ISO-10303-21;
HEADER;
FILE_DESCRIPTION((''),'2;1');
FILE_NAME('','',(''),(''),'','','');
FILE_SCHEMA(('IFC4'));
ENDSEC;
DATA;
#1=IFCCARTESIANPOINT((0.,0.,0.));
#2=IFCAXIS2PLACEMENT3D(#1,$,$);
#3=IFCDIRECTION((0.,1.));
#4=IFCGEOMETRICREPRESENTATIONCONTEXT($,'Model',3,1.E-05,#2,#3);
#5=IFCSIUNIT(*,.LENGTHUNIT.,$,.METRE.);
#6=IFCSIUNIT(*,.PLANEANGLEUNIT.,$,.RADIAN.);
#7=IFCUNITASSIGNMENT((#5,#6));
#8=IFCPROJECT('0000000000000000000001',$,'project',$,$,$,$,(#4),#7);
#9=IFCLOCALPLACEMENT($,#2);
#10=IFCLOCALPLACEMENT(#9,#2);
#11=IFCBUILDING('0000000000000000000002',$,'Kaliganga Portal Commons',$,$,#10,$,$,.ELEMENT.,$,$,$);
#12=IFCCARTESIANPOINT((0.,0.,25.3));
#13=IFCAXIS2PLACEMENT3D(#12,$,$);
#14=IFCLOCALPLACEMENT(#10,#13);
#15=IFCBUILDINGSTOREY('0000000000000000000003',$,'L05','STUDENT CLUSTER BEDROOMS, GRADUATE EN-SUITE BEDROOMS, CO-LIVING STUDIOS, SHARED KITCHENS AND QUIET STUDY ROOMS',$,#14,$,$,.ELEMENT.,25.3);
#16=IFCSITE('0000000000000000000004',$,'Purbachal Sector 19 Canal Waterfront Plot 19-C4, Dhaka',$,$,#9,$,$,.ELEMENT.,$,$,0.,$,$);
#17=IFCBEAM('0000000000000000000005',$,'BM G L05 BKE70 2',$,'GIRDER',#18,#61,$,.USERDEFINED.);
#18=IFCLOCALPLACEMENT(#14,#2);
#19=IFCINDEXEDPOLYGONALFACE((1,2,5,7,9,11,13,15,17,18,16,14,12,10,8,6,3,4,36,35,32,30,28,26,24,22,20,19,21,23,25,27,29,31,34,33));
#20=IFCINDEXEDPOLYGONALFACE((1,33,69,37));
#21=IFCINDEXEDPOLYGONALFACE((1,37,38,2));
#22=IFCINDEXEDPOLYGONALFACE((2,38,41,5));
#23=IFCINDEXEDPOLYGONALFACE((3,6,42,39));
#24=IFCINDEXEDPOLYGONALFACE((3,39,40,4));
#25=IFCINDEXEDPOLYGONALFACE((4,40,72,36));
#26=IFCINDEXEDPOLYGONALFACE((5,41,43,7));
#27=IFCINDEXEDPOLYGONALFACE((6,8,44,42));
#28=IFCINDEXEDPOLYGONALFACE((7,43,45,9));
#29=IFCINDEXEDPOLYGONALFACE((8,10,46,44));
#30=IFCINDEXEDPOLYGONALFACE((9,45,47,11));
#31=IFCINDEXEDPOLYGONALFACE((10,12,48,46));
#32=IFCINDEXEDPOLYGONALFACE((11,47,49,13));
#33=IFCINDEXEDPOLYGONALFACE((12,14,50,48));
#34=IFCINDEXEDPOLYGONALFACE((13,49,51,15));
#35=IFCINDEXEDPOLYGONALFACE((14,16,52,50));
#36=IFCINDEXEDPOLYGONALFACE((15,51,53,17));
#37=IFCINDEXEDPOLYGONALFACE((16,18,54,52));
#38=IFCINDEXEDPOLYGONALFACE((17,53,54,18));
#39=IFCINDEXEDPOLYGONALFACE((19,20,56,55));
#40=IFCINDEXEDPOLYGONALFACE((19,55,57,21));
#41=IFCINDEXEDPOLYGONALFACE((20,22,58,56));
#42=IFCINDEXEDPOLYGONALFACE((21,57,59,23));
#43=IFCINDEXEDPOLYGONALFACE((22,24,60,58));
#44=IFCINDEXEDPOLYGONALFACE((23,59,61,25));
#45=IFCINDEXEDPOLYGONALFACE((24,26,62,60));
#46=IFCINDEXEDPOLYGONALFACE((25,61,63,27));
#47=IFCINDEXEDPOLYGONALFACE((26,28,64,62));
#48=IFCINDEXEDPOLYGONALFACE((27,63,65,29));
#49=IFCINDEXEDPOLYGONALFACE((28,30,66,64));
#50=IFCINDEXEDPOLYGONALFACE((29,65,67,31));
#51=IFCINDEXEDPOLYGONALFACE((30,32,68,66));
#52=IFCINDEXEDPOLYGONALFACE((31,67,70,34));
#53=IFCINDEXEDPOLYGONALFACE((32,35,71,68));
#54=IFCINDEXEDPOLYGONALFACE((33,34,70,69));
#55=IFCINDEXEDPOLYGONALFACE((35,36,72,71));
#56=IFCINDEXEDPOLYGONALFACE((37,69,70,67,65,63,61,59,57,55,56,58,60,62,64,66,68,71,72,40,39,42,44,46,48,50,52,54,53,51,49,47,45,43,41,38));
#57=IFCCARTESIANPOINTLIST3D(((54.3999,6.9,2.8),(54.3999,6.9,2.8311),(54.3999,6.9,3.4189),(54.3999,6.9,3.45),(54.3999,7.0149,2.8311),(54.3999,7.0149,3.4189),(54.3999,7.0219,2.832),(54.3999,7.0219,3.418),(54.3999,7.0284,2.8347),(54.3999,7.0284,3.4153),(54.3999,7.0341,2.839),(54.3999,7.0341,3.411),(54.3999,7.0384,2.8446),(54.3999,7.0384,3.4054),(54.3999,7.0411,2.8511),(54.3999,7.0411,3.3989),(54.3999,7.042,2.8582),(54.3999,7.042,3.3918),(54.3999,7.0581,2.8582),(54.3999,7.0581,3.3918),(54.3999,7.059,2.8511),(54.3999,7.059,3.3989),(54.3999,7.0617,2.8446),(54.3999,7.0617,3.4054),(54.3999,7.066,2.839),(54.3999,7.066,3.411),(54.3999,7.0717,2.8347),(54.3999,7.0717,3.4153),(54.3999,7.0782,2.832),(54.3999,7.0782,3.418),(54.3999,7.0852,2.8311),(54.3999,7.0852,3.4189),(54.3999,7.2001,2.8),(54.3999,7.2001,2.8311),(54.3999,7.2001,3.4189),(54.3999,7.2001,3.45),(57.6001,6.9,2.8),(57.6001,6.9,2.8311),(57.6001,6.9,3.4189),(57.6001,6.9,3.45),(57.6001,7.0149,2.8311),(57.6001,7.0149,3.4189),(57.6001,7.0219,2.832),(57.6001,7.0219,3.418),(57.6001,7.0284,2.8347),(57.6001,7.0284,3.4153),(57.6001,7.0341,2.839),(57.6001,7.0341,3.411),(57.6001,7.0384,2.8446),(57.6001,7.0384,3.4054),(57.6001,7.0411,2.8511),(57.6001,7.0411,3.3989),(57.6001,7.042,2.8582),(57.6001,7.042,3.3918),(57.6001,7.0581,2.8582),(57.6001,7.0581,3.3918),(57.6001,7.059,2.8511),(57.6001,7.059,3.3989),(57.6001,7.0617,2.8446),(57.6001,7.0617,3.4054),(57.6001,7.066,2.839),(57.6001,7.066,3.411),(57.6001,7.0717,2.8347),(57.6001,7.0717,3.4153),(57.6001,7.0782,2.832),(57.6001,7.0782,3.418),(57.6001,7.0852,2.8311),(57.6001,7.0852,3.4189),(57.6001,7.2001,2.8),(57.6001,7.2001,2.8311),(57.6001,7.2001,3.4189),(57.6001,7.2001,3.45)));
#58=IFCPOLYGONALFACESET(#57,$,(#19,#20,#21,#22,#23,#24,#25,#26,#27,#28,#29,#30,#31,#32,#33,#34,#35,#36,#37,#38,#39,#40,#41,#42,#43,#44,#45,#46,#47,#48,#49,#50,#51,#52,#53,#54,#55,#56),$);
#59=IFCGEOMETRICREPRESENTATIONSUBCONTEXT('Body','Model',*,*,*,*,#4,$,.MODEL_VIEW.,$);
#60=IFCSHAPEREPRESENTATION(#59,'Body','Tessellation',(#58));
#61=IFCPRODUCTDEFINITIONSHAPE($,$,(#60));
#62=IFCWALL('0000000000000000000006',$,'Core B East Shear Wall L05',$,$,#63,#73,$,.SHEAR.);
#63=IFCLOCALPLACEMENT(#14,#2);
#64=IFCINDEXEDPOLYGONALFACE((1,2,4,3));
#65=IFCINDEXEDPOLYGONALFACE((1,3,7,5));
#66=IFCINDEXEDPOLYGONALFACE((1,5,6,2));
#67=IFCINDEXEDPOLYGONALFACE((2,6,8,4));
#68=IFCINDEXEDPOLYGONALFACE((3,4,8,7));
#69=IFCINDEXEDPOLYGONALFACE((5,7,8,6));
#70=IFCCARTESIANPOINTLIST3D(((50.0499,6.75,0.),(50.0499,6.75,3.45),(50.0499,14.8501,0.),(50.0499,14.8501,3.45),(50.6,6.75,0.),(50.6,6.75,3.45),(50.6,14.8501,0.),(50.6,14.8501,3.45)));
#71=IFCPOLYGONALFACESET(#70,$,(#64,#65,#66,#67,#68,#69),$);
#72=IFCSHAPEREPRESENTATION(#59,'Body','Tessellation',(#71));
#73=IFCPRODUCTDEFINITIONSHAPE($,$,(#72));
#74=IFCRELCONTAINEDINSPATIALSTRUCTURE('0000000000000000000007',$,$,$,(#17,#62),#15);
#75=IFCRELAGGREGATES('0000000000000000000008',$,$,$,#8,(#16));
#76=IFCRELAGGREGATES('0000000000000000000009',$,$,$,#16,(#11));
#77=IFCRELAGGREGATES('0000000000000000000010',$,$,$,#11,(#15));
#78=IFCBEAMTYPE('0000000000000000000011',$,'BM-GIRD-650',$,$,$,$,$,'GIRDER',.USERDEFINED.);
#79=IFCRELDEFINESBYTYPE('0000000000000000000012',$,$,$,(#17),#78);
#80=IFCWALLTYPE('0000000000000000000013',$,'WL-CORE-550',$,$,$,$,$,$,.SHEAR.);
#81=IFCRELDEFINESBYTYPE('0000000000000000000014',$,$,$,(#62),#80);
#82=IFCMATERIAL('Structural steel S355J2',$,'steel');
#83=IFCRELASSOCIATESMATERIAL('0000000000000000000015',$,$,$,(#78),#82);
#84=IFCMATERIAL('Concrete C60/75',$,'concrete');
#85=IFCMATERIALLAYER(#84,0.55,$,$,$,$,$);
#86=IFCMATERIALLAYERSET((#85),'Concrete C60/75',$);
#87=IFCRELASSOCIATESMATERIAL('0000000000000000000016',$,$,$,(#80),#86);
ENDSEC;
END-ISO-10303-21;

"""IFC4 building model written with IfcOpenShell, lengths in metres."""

from ifc_helpers import new_model, si_unit, direction, frame, frame_2d, origin, origin_2d, place, context, subcontext, project, spatial, rectangle, i_section, extrude, source, transform, mapped, material, layer, layer_set, material_profile, profile_set, type_object, element, save


model = new_model("IFC4")

# Units and contexts
model_context = context("Model", 3, precision=1e-05, world=origin(), true_north=direction((0.0, 1.0)))
body_context = subcontext(model_context, "Body", "Model", "MODEL_VIEW")
ifc_project = project(units=[si_unit("LENGTHUNIT", "METRE"), si_unit("PLANEANGLEUNIT", "RADIAN")], contexts=[model_context])

# Site, building, storey
site_placement = place(None, origin())
site = spatial("IfcSite", under=ifc_project, at=site_placement, Name="Purbachal Sector 19 Canal Waterfront Plot 19-C4, Dhaka", CompositionType="ELEMENT", RefElevation=0.0)
building_placement = place(site_placement, origin())
building = spatial("IfcBuilding", under=site, at=building_placement, Name="Kaliganga Portal Commons", CompositionType="ELEMENT")
storey_placement = place(building_placement, frame((0.0, 0.0, 25.3)))
storey = spatial("IfcBuildingStorey", under=building, at=storey_placement, Name="L05", Description="STUDENT CLUSTER BEDROOMS, GRADUATE EN-SUITE BEDROOMS, CO-LIVING STUDIOS, SHARED KITCHENS AND QUIET STUDY ROOMS", CompositionType="ELEMENT", Elevation=25.3)

# Beam
ifc_material_1 = material(Name="Structural steel S355J2", Category="steel")
ifc_material_profile_1 = material_profile(ifc_material_1, i_section(OverallWidth=0.3, OverallDepth=0.6499, WebThickness=0.0161, FlangeThickness=0.031, FilletRadius=0.0271, at=origin_2d()), Name="HE 650 B")
ifc_profile_set_1 = profile_set([ifc_material_profile_1], Name="Structural steel S355J2 wide-flange")
beam_type_1 = type_object("IfcBeamType", Name="BM-GIRD-650", ElementType="GIRDER", PredefinedType="USERDEFINED", material=ifc_profile_set_1)
shared_shape_1 = source(origin(), body_context, "Body", "SweptSolid", [
    extrude(i_section(OverallWidth=0.3, OverallDepth=0.6499, WebThickness=0.0161, FlangeThickness=0.031, FilletRadius=0.0271, at=origin_2d()), origin(), (0.0, 0.0, 1.0), 3.2002),
])
beam_1_placement = place(storey_placement, frame((54.3999, 7.05, 3.125), z_axis=(1.0, 0.0, 0.0), x_axis=(0.0, 1.0, 0.0)))
element("IfcBeam", 1, at=beam_1_placement, inside=storey, type_object=beam_type_1, Name="BM G L05 BKE70 2", ObjectType="GIRDER", PredefinedType="USERDEFINED", context=body_context, shape_type="MappedRepresentation", body=[
    mapped(shared_shape_1, transform((0.0, 0.0, 0.0), x_axis=(1.0, 0.0, 0.0), y_axis=(0.0, 1.0, 0.0), z_axis=(0.0, 0.0, 1.0), scale=1.0)),
])

# Wall
ifc_material_2 = material(Name="Concrete C60/75", Category="concrete")
ifc_layer_1 = layer(ifc_material_2, 0.55)
ifc_layer_set_1 = layer_set([ifc_layer_1], Name="Concrete C60/75")
wall_type_1 = type_object("IfcWallType", Name="WL-CORE-550", PredefinedType="SHEAR", material=ifc_layer_set_1)
wall_1_placement = place(storey_placement, frame((50.325, 6.75, 0.0), z_axis=(0.0, 0.0, 1.0), x_axis=(0.0, 1.0, 0.0)))
element("IfcWall", 2, at=wall_1_placement, inside=storey, type_object=wall_type_1, Name="Core B East Shear Wall L05", PredefinedType="SHEAR", context=body_context, shape_type="SweptSolid", body=[
    extrude(rectangle(XDim=8.1001, YDim=0.55, at=frame_2d((4.05, 0.0))), origin(), (0.0, 0.0, 1.0), 3.45),
])

save(model, "model.ifc")
